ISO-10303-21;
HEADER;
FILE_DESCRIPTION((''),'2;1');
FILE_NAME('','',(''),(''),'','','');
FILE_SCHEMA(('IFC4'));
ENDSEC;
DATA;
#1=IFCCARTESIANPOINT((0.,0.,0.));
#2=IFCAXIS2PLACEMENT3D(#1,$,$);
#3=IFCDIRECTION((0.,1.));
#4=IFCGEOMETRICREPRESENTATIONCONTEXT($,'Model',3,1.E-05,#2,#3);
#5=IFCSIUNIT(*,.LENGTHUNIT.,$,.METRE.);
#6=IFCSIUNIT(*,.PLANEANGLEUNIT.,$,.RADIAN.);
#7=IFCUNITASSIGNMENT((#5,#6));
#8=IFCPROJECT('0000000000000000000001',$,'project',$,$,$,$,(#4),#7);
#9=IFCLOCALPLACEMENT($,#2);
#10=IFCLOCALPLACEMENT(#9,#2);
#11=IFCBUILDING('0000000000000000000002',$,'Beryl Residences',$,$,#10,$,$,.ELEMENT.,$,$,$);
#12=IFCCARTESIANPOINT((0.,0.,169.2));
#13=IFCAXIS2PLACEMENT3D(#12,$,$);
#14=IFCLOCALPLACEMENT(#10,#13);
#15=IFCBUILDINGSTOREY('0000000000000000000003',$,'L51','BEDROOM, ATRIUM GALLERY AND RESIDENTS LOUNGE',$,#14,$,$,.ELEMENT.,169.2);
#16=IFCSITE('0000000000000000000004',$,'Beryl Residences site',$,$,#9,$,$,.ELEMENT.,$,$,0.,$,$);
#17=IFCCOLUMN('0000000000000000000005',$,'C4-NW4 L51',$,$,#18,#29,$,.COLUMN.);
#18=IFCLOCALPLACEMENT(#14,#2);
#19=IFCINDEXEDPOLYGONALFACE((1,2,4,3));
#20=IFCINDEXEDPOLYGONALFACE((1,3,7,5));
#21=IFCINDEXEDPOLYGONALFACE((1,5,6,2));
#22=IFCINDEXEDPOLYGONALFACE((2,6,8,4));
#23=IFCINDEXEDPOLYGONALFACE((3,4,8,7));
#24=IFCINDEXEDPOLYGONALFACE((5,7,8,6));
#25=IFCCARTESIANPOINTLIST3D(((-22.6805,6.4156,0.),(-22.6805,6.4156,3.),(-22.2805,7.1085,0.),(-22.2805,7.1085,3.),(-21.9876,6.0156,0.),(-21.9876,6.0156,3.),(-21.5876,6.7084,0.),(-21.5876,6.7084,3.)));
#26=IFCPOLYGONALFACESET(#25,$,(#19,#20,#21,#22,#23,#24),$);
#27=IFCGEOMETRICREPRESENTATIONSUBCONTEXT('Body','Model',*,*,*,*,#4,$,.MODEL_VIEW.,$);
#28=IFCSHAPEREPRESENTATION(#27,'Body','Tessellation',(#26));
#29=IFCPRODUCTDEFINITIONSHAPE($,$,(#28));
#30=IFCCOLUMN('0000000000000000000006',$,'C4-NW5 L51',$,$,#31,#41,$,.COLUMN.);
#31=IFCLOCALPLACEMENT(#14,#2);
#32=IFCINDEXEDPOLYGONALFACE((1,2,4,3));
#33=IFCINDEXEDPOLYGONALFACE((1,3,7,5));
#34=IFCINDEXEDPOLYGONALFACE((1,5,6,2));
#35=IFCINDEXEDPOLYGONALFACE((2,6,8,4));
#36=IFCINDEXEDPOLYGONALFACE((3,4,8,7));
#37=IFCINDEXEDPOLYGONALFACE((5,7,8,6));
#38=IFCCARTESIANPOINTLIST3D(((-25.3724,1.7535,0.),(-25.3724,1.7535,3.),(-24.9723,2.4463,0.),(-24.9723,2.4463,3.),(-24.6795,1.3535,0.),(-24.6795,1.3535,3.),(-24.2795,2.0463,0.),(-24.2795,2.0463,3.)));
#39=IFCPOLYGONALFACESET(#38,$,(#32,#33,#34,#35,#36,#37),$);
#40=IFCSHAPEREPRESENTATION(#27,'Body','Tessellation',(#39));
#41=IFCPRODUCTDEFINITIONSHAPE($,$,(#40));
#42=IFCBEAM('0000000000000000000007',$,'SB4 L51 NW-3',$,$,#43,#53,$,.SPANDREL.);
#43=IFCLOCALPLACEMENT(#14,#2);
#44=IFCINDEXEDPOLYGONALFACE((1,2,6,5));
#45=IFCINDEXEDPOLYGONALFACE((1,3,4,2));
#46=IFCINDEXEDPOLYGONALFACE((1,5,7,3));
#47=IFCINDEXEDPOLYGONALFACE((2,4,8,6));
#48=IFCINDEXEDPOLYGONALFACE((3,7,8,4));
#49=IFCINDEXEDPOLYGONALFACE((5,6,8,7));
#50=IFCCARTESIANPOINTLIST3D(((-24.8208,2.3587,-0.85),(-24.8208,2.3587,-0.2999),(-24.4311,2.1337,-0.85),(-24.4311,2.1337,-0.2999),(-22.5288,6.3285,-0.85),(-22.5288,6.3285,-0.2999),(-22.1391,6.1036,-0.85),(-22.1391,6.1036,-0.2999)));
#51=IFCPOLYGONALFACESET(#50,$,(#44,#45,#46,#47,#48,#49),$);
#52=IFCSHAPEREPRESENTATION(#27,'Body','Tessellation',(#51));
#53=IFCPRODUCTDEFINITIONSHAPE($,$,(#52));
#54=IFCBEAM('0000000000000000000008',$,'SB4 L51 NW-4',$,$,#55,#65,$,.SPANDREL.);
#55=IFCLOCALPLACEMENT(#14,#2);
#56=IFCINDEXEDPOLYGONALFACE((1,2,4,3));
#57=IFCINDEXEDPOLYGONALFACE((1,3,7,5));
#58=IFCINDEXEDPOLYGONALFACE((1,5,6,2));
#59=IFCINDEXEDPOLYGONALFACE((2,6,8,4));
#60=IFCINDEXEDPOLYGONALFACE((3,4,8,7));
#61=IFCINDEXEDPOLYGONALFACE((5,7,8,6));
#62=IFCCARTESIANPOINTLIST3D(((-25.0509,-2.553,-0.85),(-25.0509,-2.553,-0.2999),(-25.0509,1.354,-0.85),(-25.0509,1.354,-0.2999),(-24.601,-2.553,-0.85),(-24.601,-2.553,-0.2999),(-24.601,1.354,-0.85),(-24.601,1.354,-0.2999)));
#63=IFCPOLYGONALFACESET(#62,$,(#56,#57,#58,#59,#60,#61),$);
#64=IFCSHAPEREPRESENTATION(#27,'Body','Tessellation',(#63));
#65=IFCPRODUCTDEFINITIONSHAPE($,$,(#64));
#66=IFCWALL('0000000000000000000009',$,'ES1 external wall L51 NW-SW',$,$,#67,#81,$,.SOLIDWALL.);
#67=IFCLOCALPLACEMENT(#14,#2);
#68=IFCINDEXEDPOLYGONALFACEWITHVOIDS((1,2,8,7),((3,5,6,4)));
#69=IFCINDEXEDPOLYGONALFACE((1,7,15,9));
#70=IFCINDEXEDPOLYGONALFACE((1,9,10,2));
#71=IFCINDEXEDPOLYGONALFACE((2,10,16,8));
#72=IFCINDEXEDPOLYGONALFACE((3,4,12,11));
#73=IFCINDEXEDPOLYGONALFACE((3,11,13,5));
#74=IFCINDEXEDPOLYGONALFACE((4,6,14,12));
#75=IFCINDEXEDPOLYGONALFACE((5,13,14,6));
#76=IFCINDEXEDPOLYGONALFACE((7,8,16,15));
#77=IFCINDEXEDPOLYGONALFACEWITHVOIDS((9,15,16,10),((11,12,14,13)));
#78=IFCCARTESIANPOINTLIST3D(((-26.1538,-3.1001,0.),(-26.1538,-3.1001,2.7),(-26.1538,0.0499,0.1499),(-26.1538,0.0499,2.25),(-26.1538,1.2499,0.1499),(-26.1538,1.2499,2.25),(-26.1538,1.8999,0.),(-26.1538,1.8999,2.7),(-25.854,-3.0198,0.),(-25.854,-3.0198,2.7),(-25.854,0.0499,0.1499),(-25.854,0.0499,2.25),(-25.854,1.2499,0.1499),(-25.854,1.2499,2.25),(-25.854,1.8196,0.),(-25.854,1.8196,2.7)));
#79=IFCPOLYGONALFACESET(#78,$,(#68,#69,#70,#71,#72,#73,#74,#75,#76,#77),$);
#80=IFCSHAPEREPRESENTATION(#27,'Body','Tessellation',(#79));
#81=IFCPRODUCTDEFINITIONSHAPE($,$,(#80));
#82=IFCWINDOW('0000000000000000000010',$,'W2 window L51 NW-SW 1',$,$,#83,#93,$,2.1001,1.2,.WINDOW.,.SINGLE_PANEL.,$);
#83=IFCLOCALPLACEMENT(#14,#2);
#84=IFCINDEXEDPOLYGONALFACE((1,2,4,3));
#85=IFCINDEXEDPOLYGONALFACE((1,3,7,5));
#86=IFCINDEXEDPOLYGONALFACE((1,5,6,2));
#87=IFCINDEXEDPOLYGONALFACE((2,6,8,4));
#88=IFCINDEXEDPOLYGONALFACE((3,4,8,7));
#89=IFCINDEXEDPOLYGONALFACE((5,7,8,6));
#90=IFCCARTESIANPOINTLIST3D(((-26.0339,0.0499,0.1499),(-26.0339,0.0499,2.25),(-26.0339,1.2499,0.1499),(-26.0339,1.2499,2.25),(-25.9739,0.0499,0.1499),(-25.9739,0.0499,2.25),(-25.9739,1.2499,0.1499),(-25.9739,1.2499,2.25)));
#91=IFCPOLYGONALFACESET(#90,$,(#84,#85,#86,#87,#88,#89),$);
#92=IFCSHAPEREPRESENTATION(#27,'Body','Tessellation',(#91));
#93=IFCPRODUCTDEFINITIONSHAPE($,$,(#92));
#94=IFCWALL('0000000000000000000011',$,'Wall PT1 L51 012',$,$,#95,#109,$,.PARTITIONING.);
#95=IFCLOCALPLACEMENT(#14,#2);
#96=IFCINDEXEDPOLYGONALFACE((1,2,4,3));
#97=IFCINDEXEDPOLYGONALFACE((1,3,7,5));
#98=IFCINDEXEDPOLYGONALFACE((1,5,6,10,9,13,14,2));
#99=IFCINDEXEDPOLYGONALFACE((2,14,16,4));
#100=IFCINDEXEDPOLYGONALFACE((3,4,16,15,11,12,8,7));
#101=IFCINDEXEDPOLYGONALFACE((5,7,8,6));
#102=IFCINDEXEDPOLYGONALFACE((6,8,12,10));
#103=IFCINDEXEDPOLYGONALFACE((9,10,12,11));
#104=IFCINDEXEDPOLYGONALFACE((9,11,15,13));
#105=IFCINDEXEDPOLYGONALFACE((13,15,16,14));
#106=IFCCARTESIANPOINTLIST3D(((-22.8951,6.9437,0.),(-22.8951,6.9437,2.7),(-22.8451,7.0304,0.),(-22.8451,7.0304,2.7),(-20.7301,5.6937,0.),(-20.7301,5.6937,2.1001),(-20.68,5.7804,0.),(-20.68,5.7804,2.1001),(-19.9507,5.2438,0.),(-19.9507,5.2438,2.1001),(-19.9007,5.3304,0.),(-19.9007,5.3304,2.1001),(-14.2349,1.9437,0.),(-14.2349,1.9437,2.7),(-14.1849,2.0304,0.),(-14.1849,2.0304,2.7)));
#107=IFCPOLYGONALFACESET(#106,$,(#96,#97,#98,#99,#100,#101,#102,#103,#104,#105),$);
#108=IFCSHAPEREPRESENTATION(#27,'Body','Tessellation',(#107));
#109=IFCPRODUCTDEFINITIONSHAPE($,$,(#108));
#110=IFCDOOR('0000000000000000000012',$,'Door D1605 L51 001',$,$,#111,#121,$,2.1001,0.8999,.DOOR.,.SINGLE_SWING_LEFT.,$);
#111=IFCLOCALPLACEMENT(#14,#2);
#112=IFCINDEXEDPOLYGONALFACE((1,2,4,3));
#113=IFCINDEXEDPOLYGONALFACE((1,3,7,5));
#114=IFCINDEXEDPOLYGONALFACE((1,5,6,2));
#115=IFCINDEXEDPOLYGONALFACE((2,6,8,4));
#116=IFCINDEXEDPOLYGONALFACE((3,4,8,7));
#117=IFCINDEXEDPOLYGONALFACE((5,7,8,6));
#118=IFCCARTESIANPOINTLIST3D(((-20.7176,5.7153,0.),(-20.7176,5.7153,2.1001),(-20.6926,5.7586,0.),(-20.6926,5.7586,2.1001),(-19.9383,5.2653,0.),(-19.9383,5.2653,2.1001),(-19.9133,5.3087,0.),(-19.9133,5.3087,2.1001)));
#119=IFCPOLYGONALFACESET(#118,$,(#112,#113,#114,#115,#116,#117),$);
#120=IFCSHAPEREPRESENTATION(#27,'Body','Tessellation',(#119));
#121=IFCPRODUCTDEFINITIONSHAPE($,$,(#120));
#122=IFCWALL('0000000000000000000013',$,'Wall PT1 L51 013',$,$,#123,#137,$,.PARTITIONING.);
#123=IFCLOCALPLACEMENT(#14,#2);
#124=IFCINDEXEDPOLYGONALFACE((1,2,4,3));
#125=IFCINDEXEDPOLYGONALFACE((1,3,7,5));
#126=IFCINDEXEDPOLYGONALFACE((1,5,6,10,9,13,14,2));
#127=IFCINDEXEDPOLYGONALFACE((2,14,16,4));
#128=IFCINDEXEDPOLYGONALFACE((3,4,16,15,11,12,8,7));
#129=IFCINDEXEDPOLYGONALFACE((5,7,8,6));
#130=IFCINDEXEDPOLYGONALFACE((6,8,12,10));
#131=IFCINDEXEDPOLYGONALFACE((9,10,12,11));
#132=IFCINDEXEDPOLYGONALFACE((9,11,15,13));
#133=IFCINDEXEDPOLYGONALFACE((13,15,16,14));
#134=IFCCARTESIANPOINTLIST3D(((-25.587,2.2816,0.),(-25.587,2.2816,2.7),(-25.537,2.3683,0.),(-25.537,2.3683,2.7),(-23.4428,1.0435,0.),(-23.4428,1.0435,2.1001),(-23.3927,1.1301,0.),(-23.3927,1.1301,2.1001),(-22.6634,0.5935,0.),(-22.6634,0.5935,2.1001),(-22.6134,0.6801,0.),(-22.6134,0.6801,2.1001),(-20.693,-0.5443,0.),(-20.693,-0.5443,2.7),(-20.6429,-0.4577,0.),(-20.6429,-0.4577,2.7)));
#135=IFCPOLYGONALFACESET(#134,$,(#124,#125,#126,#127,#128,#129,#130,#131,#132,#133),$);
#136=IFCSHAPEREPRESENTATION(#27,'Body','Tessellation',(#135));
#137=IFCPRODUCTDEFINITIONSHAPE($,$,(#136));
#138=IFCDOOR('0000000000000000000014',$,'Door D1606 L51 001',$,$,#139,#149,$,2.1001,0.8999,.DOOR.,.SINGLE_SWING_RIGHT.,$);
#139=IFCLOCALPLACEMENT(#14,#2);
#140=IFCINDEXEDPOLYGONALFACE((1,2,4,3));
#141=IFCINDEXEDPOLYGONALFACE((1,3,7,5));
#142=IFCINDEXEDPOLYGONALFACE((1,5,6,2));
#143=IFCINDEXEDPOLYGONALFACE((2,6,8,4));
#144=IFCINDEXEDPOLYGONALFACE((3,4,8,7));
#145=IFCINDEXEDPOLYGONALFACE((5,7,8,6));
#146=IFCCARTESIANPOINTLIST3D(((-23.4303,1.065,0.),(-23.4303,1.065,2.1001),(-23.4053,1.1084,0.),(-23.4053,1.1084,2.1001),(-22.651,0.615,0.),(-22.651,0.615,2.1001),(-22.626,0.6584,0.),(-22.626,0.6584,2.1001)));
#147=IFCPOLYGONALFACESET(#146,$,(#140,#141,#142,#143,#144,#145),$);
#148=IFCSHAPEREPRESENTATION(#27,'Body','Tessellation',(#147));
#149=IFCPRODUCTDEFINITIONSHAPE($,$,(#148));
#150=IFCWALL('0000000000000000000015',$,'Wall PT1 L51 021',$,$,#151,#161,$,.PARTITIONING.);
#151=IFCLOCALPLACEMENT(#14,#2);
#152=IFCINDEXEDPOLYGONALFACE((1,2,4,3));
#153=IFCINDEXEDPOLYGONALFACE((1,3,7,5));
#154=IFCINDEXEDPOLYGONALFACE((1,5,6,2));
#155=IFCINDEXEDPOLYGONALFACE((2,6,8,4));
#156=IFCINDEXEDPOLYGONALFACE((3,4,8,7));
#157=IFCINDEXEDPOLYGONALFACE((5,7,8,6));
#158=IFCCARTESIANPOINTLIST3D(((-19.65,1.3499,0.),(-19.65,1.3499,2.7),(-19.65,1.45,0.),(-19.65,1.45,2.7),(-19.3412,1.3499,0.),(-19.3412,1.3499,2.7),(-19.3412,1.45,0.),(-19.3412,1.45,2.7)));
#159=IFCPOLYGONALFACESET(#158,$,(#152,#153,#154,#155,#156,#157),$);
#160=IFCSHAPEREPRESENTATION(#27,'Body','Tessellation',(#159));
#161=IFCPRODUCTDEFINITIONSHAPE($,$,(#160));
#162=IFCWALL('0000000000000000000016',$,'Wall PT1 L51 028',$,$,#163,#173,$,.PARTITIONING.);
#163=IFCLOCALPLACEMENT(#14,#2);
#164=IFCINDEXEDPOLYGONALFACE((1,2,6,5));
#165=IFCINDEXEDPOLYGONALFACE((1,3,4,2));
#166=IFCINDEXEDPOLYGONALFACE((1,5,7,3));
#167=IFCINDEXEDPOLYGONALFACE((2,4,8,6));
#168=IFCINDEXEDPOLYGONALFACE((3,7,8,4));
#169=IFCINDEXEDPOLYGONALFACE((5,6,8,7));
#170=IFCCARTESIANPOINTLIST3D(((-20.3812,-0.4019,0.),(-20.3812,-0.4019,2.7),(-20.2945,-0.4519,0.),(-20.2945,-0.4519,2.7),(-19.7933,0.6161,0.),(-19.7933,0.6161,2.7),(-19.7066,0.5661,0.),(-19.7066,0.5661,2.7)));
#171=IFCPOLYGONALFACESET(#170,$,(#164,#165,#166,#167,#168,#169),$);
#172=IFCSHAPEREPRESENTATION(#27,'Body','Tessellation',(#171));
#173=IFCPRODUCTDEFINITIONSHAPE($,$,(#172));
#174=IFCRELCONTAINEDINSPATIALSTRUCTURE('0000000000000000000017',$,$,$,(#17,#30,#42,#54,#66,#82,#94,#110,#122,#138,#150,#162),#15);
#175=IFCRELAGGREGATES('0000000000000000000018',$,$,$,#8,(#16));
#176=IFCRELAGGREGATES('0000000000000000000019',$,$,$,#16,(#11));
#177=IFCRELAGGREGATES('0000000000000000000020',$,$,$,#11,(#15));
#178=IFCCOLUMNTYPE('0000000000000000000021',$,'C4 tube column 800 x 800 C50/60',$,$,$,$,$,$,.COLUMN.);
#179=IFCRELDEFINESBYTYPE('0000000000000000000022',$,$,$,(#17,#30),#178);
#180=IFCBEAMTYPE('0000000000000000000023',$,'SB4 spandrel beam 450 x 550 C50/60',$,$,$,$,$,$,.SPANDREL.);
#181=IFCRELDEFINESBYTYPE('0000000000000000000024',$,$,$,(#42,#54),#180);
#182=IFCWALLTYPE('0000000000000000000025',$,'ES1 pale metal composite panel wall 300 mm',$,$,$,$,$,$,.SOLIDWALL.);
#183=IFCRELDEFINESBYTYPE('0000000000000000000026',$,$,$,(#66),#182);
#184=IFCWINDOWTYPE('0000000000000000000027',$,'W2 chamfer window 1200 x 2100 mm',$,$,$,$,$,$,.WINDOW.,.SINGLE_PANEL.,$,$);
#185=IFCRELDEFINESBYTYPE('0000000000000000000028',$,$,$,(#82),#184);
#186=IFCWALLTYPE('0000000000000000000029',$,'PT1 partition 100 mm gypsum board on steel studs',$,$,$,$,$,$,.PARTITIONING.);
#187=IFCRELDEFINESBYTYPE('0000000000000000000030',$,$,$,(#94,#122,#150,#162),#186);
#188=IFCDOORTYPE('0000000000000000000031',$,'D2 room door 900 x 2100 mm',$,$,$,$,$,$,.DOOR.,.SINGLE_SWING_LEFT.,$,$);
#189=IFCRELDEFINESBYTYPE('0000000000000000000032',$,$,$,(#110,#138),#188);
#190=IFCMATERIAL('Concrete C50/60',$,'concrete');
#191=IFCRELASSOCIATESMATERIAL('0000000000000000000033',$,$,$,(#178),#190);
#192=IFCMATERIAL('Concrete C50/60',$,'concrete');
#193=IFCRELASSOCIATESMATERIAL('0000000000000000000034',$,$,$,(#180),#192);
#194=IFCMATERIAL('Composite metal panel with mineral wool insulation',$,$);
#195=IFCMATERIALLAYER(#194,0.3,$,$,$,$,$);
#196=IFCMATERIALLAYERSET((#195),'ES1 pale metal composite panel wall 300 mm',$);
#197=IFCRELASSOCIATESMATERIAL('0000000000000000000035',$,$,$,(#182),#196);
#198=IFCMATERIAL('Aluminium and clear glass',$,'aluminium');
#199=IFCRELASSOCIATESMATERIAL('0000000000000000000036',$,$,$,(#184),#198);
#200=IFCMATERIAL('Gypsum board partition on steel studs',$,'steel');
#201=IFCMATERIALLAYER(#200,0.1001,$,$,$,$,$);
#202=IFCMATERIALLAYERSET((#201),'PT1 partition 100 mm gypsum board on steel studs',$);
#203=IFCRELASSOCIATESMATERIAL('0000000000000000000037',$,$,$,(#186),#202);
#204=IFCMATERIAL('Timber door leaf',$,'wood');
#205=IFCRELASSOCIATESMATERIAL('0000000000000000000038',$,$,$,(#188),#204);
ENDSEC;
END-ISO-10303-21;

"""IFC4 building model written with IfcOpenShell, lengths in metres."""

from ifc_helpers import new_model, si_unit, direction, frame, frame_2d, origin, origin_2d, place, context, subcontext, project, spatial, polyline, rectangle, outline, extrude, material, layer, layer_set, material_profile, profile_set, type_object, element, fill, save


model = new_model("IFC4")

# Units and contexts
model_context = context("Model", 3, precision=1e-05, world=origin(), true_north=direction((0.0, 1.0)))
body_context = subcontext(model_context, "Body", "Model", "MODEL_VIEW")
ifc_project = project(units=[si_unit("LENGTHUNIT", "METRE"), si_unit("PLANEANGLEUNIT", "RADIAN")], contexts=[model_context])

# Site, building, storey
site_placement = place(None, origin())
site = spatial("IfcSite", under=ifc_project, at=site_placement, Name="Beryl Residences site", CompositionType="ELEMENT", RefElevation=0.0)
building_placement = place(site_placement, origin())
building = spatial("IfcBuilding", under=site, at=building_placement, Name="Beryl Residences", CompositionType="ELEMENT")
storey_placement = place(building_placement, frame((0.0, 0.0, 169.2)))
storey = spatial("IfcBuildingStorey", under=building, at=storey_placement, Name="L51", Description="BEDROOM, ATRIUM GALLERY AND RESIDENTS LOUNGE", CompositionType="ELEMENT", Elevation=169.2)

# Columns
ifc_material_1 = material(Name="Concrete C50/60", Category="concrete")
ifc_material_profile_1 = material_profile(ifc_material_1, rectangle(XDim=0.8, YDim=0.8, at=origin_2d()))
ifc_profile_set_1 = profile_set([ifc_material_profile_1], Name="Concrete C50/60")
column_type = type_object("IfcColumnType", Name="C4 tube column 800 x 800 C50/60", PredefinedType="COLUMN", material=ifc_profile_set_1)
for number, where, z_axis, x_axis, name in (
    (1, (-22.134, 6.562, 0.0), (0.0, 0.0, 1.0), (-0.5, -0.866025, 0.0), "C4-NW4 L51"),
    (2, (-24.8259, 1.8999, 0.0), (0.0, 0.0, 1.0), (-0.5, -0.866025, 0.0), "C4-NW5 L51"),
):
    element("IfcColumn", number, at=place(storey_placement, frame(where, z_axis=z_axis, x_axis=x_axis)), inside=storey, type_object=column_type, Name=name, PredefinedType="COLUMN", context=body_context, shape_type="SweptSolid", body=[
        extrude(rectangle(XDim=0.8, YDim=0.8, at=origin_2d()), origin(), (0.0, 0.0, 1.0), 3.0),
    ])

# Beams
ifc_material_2 = material(Name="Concrete C50/60", Category="concrete")
ifc_material_profile_2 = material_profile(ifc_material_2, rectangle(XDim=0.45, YDim=0.55, at=origin_2d()))
ifc_profile_set_2 = profile_set([ifc_material_profile_2], Name="Concrete C50/60")
beam_type = type_object("IfcBeamType", Name="SB4 spandrel beam 450 x 550 C50/60", PredefinedType="SPANDREL", material=ifc_profile_set_2)
beam_1_placement = place(storey_placement, frame((-22.334, 6.2161, -0.575), z_axis=(-0.499988, -0.866032, 0.0), x_axis=(0.866032, -0.499988, 0.0)))
element("IfcBeam", 3, at=beam_1_placement, inside=storey, type_object=beam_type, Name="SB4 L51 NW-3", PredefinedType="SPANDREL", context=body_context, shape_type="SweptSolid", body=[
    extrude(rectangle(XDim=0.45, YDim=0.55, at=origin_2d()), origin(), (0.0, 0.0, 1.0), 4.584),
])
beam_2_placement = place(storey_placement, frame((-24.8259, 1.354, -0.575), z_axis=(0.0, -1.0, 0.0), x_axis=(1.0, 0.0, 0.0)))
element("IfcBeam", 4, at=beam_2_placement, inside=storey, type_object=beam_type, Name="SB4 L51 NW-4", PredefinedType="SPANDREL", context=body_context, shape_type="SweptSolid", body=[
    extrude(rectangle(XDim=0.45, YDim=0.55, at=origin_2d()), origin(), (0.0, 0.0, 1.0), 3.907),
])

# Wall, opening, window
ifc_material_3 = material(Name="Composite metal panel with mineral wool insulation")
ifc_layer_1 = layer(ifc_material_3, 0.3)
ifc_layer_set_1 = layer_set([ifc_layer_1], Name="ES1 pale metal composite panel wall 300 mm")
wall_type_1 = type_object("IfcWallType", Name="ES1 pale metal composite panel wall 300 mm", PredefinedType="SOLIDWALL", material=ifc_layer_set_1)
wall_1_placement = place(storey_placement, frame((-26.0039, 1.8999, 0.0), z_axis=(0.0, 0.0, 1.0), x_axis=(0.0, -1.0, 0.0)))
wall_1 = element("IfcWall", 5, at=wall_1_placement, inside=storey, type_object=wall_type_1, Name="ES1 external wall L51 NW-SW", PredefinedType="SOLIDWALL", context=body_context, shape_type="SweptSolid", body=[
    extrude(outline(polyline([(0.0, -0.1499), (5.0, -0.1499), (4.9197, 0.1499), (0.0803, 0.1499), (0.0, -0.1499)])), origin(), (0.0, 0.0, 1.0), 2.7),
])
opening_1_placement = place(wall_1_placement, frame((0.6499, 0.0, 0.1499)))
opening_1 = element("IfcOpeningElement", 6, at=opening_1_placement, cuts=wall_1, PredefinedType="OPENING", context=body_context, shape_type="SweptSolid", body=[
    extrude(rectangle(XDim=1.2, YDim=2.1001, at=frame_2d((0.6001, 1.05))), frame((0.0, 0.1599, 0.0), z_axis=(0.0, -1.0, 0.0), x_axis=(1.0, 0.0, 0.0)), (0.0, 0.0, 1.0), 0.3201),
])
ifc_material_4 = material(Name="Aluminium and clear glass", Category="aluminium")
window_type = type_object("IfcWindowType", Name="W2 chamfer window 1200 x 2100 mm", PartitioningType="SINGLE_PANEL", PredefinedType="WINDOW", material=ifc_material_4)
window_placement = place(opening_1_placement, origin())
window = element("IfcWindow", 7, at=window_placement, inside=storey, type_object=window_type, Name="W2 window L51 NW-SW 1", OverallHeight=2.1001, OverallWidth=1.2, PartitioningType="SINGLE_PANEL", PredefinedType="WINDOW", context=body_context, shape_type="SweptSolid", body=[
    extrude(rectangle(XDim=1.2, YDim=2.1001, at=frame_2d((0.6001, 1.05))), frame((0.0, 0.03, 0.0), z_axis=(0.0, -1.0, 0.0), x_axis=(1.0, 0.0, 0.0)), (0.0, 0.0, 1.0), 0.0601),
])
fill(opening_1, window)

# Walls, openings, doors
ifc_material_5 = material(Name="Gypsum board partition on steel studs", Category="steel")
ifc_layer_2 = layer(ifc_material_5, 0.1001)
ifc_layer_set_2 = layer_set([ifc_layer_2], Name="PT1 partition 100 mm gypsum board on steel studs")
wall_type_2 = type_object("IfcWallType", Name="PT1 partition 100 mm gypsum board on steel studs", PredefinedType="PARTITIONING", material=ifc_layer_set_2)
wall_2_placement = place(storey_placement, frame((-22.8701, 6.9871, 0.0), z_axis=(0.0, 0.0, 1.0), x_axis=(0.866023, -0.500004, 0.0)))
wall_2 = element("IfcWall", 8, at=wall_2_placement, inside=storey, type_object=wall_type_2, Name="Wall PT1 L51 012", PredefinedType="PARTITIONING", context=body_context, shape_type="SweptSolid", body=[
    extrude(rectangle(XDim=10.0, YDim=0.1001, at=frame_2d((5.0, 0.0))), origin(), (0.0, 0.0, 1.0), 2.7),
])
opening_2_placement = place(wall_2_placement, frame((2.5, 0.0, 0.0)))
opening_2 = element("IfcOpeningElement", 9, at=opening_2_placement, cuts=wall_2, PredefinedType="OPENING", context=body_context, shape_type="SweptSolid", body=[
    extrude(rectangle(XDim=0.8999, YDim=2.1001, at=frame_2d((0.45, 1.05))), frame((0.0, 0.0601, 0.0), z_axis=(0.0, -1.0, 0.0), x_axis=(1.0, 0.0, 0.0)), (0.0, 0.0, 1.0), 0.1201),
])
ifc_material_6 = material(Name="Timber door leaf", Category="wood")
door_type_1 = type_object("IfcDoorType", Name="D2 room door 900 x 2100 mm", OperationType="SINGLE_SWING_LEFT", PredefinedType="DOOR", material=ifc_material_6)
door_1_placement = place(opening_2_placement, origin())
door_1 = element("IfcDoor", 10, at=door_1_placement, inside=storey, type_object=door_type_1, Name="Door D1605 L51 001", OperationType="SINGLE_SWING_LEFT", OverallHeight=2.1001, OverallWidth=0.8999, PredefinedType="DOOR", context=body_context, shape_type="SweptSolid", body=[
    extrude(rectangle(XDim=0.8999, YDim=2.1001, at=frame_2d((0.45, 1.05))), frame((0.0, 0.0249, 0.0), z_axis=(0.0, -1.0, 0.0), x_axis=(1.0, 0.0, 0.0)), (0.0, 0.0, 1.0), 0.05),
])
fill(opening_2, door_1)
wall_3_placement = place(storey_placement, frame((-25.562, 2.325, 0.0), z_axis=(0.0, 0.0, 1.0), x_axis=(0.865999, -0.500047, 0.0)))
wall_3 = element("IfcWall", 11, at=wall_3_placement, inside=storey, type_object=wall_type_2, Name="Wall PT1 L51 013", PredefinedType="PARTITIONING", context=body_context, shape_type="SweptSolid", body=[
    extrude(rectangle(XDim=5.6514, YDim=0.1001, at=frame_2d((2.8257, 0.0))), origin(), (0.0, 0.0, 1.0), 2.7),
])
opening_3_placement = place(wall_3_placement, frame((2.4761, 0.0, 0.0)))
opening_3 = element("IfcOpeningElement", 12, at=opening_3_placement, cuts=wall_3, PredefinedType="OPENING", context=body_context, shape_type="SweptSolid", body=[
    extrude(rectangle(XDim=0.8999, YDim=2.1001, at=frame_2d((0.45, 1.05))), frame((0.0, 0.0601, 0.0), z_axis=(0.0, -1.0, 0.0), x_axis=(1.0, 0.0, 0.0)), (0.0, 0.0, 1.0), 0.1201),
])
door_2_placement = place(opening_3_placement, origin())
door_2 = element("IfcDoor", 13, at=door_2_placement, inside=storey, type_object=door_type_1, Name="Door D1606 L51 001", OperationType="SINGLE_SWING_RIGHT", OverallHeight=2.1001, OverallWidth=0.8999, PredefinedType="DOOR", context=body_context, shape_type="SweptSolid", body=[
    extrude(rectangle(XDim=0.8999, YDim=2.1001, at=frame_2d((0.45, 1.05))), frame((0.0, 0.0249, 0.0), z_axis=(0.0, -1.0, 0.0), x_axis=(1.0, 0.0, 0.0)), (0.0, 0.0, 1.0), 0.05),
])
fill(opening_3, door_2)

# Walls
wall_4_placement = place(storey_placement, frame((-19.6499, 1.3999, 0.0), z_axis=(0.0, 0.0, 1.0), x_axis=(1.0, 0.0, 0.0)))
element("IfcWall", 14, at=wall_4_placement, inside=storey, type_object=wall_type_2, Name="Wall PT1 L51 021", PredefinedType="PARTITIONING", context=body_context, shape_type="SweptSolid", body=[
    extrude(rectangle(XDim=0.3088, YDim=0.1001, at=frame_2d((0.1543, 0.0))), origin(), (0.0, 0.0, 1.0), 2.7),
])
wall_5_placement = place(storey_placement, frame((-20.3379, -0.427, 0.0), z_axis=(0.0, 0.0, 1.0), x_axis=(0.50007, 0.865985, 0.0)))
element("IfcWall", 15, at=wall_5_placement, inside=storey, type_object=wall_type_2, Name="Wall PT1 L51 028", PredefinedType="PARTITIONING", context=body_context, shape_type="SweptSolid", body=[
    extrude(rectangle(XDim=1.1755, YDim=0.1001, at=frame_2d((0.5879, 0.0))), origin(), (0.0, 0.0, 1.0), 2.7),
])

save(model, "model.ifc")
